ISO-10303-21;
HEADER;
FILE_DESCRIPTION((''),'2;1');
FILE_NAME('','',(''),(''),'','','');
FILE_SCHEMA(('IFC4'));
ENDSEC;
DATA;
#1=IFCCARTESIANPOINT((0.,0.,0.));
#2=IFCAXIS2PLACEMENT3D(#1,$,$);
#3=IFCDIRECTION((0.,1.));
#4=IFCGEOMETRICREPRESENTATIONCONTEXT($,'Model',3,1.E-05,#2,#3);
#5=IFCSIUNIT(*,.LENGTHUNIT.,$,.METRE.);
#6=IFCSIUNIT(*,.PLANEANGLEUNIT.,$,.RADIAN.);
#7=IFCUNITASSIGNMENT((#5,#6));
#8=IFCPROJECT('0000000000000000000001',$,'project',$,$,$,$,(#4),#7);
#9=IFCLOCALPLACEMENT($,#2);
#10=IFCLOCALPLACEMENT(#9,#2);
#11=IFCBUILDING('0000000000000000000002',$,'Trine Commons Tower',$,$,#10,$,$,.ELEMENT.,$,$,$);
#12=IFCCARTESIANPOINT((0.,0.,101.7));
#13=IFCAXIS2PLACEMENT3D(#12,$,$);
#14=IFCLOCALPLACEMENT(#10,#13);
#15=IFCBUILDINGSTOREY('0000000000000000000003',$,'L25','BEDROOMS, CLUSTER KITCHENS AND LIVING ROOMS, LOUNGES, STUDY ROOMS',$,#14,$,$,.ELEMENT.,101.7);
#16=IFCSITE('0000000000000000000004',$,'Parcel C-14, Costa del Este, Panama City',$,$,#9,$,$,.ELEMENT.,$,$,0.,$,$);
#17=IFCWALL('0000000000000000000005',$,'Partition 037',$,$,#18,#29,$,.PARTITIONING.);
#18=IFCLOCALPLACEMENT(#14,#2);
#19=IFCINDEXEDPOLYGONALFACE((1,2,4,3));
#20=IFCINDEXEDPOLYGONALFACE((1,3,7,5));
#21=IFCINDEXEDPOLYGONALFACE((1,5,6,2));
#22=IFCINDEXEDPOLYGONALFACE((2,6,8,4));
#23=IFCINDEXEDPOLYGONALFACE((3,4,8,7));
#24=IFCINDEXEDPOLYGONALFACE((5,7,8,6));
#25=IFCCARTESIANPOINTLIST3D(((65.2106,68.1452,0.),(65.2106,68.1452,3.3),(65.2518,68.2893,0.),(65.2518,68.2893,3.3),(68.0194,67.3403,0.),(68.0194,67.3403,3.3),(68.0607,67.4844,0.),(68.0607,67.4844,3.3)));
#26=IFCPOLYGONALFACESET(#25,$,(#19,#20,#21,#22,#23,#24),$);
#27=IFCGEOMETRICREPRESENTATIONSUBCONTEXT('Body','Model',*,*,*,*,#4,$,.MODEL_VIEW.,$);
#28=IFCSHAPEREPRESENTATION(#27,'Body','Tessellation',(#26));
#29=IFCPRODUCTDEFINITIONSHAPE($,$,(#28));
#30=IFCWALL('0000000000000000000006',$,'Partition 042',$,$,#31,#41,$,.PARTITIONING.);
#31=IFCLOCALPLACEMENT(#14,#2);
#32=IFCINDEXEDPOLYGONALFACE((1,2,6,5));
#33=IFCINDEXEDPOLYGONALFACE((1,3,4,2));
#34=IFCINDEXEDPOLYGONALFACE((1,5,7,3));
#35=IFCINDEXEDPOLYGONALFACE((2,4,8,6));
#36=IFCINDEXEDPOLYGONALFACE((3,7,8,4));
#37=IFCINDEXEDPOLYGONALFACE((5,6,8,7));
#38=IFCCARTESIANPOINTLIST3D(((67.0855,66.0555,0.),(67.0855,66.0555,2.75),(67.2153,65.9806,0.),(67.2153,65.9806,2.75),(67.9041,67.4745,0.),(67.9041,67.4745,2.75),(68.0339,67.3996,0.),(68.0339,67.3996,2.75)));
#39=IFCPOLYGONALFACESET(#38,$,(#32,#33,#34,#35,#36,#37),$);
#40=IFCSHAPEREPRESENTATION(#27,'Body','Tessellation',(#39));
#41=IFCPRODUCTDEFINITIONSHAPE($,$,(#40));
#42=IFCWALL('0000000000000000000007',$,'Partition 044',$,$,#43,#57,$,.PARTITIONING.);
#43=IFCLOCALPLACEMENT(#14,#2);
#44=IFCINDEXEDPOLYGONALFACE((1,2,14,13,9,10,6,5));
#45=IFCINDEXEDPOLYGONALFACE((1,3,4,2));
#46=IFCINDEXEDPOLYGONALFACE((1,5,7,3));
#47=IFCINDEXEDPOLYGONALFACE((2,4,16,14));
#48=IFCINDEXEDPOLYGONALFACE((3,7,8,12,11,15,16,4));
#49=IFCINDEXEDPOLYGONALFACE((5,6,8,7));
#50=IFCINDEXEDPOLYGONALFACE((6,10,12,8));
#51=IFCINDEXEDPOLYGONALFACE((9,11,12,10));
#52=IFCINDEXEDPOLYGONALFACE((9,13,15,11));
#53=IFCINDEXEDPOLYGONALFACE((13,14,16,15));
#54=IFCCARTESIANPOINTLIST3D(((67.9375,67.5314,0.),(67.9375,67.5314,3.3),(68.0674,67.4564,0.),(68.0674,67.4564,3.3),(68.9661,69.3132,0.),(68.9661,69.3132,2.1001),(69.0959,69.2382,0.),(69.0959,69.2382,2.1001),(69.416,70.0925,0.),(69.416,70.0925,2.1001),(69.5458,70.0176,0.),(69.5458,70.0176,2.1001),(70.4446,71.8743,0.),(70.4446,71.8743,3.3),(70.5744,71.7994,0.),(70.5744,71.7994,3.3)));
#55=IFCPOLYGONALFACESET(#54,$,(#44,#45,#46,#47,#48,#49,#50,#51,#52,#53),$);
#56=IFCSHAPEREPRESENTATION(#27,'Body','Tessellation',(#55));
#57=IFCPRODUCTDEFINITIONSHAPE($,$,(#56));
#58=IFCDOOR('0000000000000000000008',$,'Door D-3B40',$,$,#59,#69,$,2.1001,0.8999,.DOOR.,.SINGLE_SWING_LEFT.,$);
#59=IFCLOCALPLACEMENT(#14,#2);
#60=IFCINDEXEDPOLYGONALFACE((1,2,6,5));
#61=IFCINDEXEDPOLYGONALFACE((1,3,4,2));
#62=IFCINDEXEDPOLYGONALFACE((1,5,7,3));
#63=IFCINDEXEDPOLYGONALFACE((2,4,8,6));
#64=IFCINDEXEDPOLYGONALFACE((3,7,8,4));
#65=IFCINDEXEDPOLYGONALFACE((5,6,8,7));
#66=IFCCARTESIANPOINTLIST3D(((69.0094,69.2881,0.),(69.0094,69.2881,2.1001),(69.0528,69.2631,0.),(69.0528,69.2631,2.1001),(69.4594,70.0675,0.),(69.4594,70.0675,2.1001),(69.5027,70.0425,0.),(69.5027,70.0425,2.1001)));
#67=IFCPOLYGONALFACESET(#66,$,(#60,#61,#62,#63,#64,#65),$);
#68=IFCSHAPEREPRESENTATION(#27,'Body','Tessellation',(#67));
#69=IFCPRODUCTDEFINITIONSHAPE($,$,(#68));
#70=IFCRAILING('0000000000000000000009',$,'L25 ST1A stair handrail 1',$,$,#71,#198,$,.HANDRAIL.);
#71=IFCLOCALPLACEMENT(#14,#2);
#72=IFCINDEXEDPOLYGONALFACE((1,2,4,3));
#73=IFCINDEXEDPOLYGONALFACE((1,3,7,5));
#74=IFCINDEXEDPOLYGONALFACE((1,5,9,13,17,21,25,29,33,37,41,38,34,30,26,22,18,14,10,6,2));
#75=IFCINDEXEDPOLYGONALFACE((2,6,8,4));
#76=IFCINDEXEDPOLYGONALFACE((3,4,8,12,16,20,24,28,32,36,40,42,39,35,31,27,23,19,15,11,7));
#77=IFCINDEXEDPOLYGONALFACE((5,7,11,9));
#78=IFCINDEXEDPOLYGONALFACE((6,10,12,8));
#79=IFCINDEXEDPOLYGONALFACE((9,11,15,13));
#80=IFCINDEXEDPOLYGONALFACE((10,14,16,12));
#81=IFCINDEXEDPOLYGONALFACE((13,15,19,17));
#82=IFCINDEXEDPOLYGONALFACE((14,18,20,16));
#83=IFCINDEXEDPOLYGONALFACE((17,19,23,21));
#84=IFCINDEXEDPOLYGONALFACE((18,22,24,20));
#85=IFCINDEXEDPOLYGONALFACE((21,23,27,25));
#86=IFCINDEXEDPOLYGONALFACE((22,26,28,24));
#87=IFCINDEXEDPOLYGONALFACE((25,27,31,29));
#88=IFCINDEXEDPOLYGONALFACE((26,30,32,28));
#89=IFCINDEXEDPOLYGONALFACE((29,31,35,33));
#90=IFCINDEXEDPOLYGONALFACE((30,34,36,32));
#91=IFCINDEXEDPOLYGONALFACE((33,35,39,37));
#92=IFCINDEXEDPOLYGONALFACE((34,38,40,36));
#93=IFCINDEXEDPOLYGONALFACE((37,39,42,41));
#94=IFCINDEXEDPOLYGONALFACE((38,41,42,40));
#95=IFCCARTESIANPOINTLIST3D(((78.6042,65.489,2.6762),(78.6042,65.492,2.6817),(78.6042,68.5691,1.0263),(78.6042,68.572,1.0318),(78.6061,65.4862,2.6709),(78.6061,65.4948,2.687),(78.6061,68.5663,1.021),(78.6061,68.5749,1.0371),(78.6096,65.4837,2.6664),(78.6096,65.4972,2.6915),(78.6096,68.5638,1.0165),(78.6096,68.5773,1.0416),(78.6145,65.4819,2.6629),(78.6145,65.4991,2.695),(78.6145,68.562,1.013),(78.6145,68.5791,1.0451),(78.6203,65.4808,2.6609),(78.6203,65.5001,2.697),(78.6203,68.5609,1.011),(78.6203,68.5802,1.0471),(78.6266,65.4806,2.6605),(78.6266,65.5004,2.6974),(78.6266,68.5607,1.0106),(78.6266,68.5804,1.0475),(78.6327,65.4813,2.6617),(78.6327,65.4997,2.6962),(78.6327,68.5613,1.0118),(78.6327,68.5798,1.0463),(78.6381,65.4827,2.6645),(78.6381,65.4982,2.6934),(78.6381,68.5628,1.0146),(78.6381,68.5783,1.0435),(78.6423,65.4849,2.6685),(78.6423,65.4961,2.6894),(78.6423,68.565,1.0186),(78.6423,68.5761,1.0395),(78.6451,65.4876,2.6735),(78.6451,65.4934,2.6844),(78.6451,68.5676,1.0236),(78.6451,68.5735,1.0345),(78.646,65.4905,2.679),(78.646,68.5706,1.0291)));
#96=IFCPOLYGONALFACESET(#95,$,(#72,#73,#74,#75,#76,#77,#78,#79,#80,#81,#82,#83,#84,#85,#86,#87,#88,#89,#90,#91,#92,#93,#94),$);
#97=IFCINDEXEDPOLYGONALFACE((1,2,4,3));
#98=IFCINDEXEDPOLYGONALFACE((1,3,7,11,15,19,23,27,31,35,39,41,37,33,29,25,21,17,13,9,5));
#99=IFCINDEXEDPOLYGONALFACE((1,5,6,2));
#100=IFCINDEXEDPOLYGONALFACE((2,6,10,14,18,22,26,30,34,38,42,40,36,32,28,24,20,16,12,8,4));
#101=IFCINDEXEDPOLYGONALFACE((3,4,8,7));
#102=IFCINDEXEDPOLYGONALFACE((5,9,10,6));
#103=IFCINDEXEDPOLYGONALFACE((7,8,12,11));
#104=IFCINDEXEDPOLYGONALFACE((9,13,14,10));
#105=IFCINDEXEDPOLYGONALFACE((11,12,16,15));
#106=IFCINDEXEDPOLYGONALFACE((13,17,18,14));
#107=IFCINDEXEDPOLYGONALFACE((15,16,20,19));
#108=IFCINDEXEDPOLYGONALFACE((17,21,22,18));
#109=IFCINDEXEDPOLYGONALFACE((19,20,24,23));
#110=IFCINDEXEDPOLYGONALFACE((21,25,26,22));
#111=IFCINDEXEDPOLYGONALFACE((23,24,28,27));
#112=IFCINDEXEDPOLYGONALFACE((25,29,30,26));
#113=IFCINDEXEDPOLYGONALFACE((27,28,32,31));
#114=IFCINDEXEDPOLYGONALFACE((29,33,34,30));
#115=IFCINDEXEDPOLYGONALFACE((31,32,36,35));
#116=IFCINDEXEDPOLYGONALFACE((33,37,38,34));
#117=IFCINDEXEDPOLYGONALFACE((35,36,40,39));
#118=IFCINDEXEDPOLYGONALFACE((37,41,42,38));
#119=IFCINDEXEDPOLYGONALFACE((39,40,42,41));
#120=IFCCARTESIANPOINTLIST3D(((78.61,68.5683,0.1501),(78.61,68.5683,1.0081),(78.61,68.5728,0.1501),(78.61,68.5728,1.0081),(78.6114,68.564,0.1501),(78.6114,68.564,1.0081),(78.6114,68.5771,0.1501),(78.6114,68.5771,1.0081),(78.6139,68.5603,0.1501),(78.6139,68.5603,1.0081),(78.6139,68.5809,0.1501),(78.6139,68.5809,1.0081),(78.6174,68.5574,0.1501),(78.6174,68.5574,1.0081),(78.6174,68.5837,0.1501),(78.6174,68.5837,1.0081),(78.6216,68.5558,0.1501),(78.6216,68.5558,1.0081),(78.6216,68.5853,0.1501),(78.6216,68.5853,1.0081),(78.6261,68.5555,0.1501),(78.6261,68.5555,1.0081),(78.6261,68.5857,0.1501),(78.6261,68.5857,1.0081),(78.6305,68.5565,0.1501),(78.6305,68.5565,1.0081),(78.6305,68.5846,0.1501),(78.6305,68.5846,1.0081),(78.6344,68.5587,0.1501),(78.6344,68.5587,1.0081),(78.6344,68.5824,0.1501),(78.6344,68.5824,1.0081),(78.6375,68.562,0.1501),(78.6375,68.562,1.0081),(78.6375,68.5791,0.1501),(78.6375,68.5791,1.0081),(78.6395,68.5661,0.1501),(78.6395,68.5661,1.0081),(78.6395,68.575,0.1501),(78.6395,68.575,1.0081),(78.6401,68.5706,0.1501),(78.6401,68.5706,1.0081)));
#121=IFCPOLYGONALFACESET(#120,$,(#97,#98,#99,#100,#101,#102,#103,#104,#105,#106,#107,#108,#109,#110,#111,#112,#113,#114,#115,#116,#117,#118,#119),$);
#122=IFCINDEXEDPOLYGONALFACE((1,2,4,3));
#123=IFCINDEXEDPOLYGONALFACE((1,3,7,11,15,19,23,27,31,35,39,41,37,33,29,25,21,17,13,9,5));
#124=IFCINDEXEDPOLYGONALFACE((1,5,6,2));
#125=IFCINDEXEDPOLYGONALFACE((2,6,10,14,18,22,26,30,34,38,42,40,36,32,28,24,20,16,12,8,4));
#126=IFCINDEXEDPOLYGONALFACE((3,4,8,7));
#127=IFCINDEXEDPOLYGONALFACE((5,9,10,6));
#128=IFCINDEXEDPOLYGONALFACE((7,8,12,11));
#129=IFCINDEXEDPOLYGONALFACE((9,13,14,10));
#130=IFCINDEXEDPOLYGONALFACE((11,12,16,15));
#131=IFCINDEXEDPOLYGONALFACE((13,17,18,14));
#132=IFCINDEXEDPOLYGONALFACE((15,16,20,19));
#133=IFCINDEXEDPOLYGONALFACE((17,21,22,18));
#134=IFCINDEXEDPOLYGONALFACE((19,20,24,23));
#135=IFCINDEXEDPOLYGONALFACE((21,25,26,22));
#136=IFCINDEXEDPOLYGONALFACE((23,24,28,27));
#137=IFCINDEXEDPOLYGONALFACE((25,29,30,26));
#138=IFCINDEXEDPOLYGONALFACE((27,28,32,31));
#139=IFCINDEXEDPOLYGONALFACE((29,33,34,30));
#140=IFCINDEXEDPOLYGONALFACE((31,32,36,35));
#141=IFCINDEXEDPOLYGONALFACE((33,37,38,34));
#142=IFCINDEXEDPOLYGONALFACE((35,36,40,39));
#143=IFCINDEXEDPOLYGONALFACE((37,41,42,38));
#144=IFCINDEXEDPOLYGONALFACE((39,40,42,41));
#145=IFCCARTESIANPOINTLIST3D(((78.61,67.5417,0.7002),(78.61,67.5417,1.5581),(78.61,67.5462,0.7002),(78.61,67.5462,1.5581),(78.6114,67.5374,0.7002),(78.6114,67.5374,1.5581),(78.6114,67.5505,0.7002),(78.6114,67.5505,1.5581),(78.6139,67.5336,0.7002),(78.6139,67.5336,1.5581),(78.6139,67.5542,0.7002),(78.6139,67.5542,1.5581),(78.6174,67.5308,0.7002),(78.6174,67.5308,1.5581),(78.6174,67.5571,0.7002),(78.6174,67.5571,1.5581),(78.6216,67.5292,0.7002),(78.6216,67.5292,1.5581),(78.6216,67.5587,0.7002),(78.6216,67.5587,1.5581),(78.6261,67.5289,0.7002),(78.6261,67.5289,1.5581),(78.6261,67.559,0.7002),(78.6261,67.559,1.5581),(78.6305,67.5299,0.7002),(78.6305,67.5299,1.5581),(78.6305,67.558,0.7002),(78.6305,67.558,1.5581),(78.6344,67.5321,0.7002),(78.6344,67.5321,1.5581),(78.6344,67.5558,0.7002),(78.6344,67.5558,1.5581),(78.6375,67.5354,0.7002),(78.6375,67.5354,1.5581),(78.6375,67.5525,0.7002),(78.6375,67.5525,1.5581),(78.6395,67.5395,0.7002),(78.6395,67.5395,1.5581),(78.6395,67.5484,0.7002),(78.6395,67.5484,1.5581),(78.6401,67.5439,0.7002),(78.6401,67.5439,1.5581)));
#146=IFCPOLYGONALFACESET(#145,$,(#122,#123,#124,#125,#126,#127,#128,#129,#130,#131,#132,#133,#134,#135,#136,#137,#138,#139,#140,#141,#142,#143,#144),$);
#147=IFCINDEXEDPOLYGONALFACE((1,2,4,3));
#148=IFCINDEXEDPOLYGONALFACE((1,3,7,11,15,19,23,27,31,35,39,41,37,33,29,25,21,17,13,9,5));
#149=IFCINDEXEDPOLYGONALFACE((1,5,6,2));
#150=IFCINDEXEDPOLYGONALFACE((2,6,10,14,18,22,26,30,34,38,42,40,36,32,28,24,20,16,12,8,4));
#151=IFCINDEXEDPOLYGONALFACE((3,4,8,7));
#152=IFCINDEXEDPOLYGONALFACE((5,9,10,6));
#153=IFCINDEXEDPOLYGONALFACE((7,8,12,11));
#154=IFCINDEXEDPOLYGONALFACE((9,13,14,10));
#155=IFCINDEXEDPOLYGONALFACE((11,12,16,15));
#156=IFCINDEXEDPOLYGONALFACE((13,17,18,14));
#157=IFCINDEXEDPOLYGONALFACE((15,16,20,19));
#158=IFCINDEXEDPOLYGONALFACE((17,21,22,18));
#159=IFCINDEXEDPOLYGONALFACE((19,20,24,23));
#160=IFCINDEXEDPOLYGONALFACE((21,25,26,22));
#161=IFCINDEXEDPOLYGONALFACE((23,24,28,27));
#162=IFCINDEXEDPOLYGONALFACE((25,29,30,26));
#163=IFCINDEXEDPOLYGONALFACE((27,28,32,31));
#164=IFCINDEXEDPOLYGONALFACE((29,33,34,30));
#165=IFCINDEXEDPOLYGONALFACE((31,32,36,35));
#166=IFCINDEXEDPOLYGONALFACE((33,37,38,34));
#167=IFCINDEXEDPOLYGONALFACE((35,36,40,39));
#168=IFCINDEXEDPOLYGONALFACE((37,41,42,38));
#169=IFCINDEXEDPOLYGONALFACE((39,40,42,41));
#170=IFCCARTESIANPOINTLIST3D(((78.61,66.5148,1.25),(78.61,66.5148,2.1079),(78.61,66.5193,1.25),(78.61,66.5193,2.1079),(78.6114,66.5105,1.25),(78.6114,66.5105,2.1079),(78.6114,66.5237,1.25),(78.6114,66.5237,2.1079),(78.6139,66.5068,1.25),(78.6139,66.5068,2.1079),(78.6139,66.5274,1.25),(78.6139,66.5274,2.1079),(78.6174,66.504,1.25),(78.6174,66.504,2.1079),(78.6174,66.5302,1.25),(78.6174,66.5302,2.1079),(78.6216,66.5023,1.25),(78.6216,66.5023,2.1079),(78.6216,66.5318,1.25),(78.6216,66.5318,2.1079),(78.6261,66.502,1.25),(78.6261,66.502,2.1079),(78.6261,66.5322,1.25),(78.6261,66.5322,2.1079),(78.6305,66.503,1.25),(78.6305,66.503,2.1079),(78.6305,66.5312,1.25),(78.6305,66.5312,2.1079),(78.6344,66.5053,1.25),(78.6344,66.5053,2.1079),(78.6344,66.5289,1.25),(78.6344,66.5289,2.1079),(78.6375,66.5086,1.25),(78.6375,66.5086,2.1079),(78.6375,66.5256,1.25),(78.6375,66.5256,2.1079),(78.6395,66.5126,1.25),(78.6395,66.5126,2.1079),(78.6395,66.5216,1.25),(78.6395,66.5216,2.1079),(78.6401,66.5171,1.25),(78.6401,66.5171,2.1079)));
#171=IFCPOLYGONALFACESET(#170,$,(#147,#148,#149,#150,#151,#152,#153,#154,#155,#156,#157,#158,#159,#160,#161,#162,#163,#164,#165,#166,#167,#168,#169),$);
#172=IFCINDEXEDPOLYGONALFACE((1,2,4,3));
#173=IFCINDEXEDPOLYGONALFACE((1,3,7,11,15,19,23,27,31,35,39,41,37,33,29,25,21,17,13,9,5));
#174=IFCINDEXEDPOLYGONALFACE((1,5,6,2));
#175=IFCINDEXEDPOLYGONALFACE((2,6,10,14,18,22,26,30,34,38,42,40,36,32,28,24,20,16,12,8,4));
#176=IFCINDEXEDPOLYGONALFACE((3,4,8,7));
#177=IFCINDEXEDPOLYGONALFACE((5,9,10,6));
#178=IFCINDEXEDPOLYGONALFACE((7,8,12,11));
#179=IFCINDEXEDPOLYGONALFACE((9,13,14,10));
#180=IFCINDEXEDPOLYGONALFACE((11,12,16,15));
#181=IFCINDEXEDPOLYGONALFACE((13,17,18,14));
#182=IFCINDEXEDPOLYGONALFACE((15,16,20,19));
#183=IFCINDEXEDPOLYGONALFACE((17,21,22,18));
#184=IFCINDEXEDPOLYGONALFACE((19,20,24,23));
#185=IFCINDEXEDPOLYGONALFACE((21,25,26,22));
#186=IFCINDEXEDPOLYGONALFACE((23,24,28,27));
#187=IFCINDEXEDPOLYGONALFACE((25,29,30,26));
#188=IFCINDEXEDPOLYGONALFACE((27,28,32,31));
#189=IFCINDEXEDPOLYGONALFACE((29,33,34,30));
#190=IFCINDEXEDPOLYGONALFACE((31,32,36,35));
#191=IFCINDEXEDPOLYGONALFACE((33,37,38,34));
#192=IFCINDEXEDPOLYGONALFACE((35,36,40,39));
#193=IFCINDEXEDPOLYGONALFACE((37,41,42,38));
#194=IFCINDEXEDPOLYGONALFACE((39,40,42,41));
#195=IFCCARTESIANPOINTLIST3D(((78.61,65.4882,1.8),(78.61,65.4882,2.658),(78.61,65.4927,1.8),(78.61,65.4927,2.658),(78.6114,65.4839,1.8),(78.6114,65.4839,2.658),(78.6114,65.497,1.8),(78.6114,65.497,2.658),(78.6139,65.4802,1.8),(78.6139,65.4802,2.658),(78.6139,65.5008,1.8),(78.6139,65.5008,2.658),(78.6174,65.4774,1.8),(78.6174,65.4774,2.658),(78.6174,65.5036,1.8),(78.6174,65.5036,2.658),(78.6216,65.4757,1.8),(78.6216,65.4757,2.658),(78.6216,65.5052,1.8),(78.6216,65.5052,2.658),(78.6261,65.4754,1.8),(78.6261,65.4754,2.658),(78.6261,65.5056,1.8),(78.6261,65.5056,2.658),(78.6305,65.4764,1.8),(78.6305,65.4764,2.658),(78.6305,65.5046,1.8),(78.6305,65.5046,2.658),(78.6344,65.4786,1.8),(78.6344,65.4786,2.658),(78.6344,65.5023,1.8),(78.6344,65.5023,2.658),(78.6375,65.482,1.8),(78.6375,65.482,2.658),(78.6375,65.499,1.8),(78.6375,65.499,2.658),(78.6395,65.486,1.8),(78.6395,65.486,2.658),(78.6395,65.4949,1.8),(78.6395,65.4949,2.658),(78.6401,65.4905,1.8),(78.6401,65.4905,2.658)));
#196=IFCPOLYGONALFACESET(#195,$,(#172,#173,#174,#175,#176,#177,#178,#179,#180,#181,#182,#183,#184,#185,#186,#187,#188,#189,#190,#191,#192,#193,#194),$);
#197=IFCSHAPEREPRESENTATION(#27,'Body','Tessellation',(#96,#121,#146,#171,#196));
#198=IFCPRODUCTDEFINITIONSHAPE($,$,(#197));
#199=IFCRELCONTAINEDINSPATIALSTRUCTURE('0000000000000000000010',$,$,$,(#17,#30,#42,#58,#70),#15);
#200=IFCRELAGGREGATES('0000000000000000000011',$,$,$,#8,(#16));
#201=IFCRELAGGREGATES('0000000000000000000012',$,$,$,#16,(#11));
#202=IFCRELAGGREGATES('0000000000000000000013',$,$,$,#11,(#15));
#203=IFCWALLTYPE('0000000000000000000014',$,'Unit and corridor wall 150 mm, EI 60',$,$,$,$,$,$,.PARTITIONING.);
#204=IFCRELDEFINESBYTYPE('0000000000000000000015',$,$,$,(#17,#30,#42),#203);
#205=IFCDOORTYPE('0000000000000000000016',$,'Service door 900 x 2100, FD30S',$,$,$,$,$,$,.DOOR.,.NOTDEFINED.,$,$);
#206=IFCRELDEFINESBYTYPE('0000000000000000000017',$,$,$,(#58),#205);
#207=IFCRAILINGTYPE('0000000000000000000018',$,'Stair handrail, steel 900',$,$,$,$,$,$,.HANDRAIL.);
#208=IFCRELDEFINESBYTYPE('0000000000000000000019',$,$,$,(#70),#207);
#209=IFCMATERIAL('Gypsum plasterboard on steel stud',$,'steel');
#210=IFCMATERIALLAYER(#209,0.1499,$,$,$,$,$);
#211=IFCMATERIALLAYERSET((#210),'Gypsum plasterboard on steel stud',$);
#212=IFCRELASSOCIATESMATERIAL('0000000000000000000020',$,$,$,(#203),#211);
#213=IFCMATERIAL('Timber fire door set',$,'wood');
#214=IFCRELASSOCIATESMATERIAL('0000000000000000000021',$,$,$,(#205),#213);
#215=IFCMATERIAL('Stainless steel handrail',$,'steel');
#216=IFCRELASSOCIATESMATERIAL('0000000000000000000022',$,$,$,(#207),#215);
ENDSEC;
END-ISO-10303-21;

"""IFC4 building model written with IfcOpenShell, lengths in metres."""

from ifc_helpers import new_model, si_unit, direction, frame, frame_2d, origin, origin_2d, place, context, subcontext, project, spatial, rectangle, circle, extrude, material, layer, layer_set, type_object, element, fill, save


model = new_model("IFC4")

# Units and contexts
model_context = context("Model", 3, precision=1e-05, world=origin(), true_north=direction((0.0, 1.0)))
body_context = subcontext(model_context, "Body", "Model", "MODEL_VIEW")
ifc_project = project(units=[si_unit("LENGTHUNIT", "METRE"), si_unit("PLANEANGLEUNIT", "RADIAN")], contexts=[model_context])

# Site, building, storey
site_placement = place(None, origin())
site = spatial("IfcSite", under=ifc_project, at=site_placement, Name="Parcel C-14, Costa del Este, Panama City", CompositionType="ELEMENT", RefElevation=0.0)
building_placement = place(site_placement, origin())
building = spatial("IfcBuilding", under=site, at=building_placement, Name="Trine Commons Tower", CompositionType="ELEMENT")
storey_placement = place(building_placement, frame((0.0, 0.0, 101.7)))
storey = spatial("IfcBuildingStorey", under=building, at=storey_placement, Name="L25", Description="BEDROOMS, CLUSTER KITCHENS AND LIVING ROOMS, LOUNGES, STUDY ROOMS", CompositionType="ELEMENT", Elevation=101.7)

# Shared definitions
ifc_material_1 = material(Name="Gypsum plasterboard on steel stud", Category="steel")
ifc_layer_1 = layer(ifc_material_1, 0.1499)
ifc_layer_set_1 = layer_set([ifc_layer_1], Name="Gypsum plasterboard on steel stud")
wall_type_1 = type_object("IfcWallType", Name="Unit and corridor wall 150 mm, EI 60", PredefinedType="PARTITIONING", material=ifc_layer_set_1)

# Walls
wall_1_placement = place(storey_placement, frame((65.2312, 68.2173, 0.0), z_axis=(0.0, 0.0, 1.0), x_axis=(0.961306, -0.275483, 0.0)))
element("IfcWall", 1, at=wall_1_placement, inside=storey, type_object=wall_type_1, Name="Partition 037", PredefinedType="PARTITIONING", context=body_context, shape_type="SweptSolid", body=[
    extrude(rectangle(XDim=2.9219, YDim=0.1499, at=frame_2d((1.4609, 0.0))), origin(), (0.0, 0.0, 1.0), 3.3),
])
wall_2_placement = place(storey_placement, frame((67.1504, 66.0181, 0.0), z_axis=(0.0, 0.0, 1.0), x_axis=(0.499714, 0.866191, 0.0)))
element("IfcWall", 2, at=wall_2_placement, inside=storey, type_object=wall_type_1, Name="Partition 042", PredefinedType="PARTITIONING", context=body_context, shape_type="SweptSolid", body=[
    extrude(rectangle(XDim=1.6382, YDim=0.1499, at=frame_2d((0.8191, 0.0))), origin(), (0.0, 0.0, 1.0), 2.75),
])

# Wall, opening, door
wall_3_placement = place(storey_placement, frame((68.0024, 67.4939, 0.0), z_axis=(0.0, 0.0, 1.0), x_axis=(0.499946, 0.866057, 0.0)))
wall_3 = element("IfcWall", 3, at=wall_3_placement, inside=storey, type_object=wall_type_1, Name="Partition 044", PredefinedType="PARTITIONING", context=body_context, shape_type="SweptSolid", body=[
    extrude(rectangle(XDim=5.0146, YDim=0.1499, at=frame_2d((2.5073, 0.0))), origin(), (0.0, 0.0, 1.0), 3.3),
])
opening_1_placement = place(wall_3_placement, frame((2.0574, 0.0, 0.0)))
opening_1 = element("IfcOpeningElement", 4, at=opening_1_placement, cuts=wall_3, PredefinedType="OPENING", context=body_context, shape_type="SweptSolid", body=[
    extrude(rectangle(XDim=0.8999, YDim=2.1001, at=frame_2d((0.45, 1.05))), frame((0.0, 0.085, 0.0), z_axis=(0.0, -1.0, 0.0), x_axis=(1.0, 0.0, 0.0)), (0.0, 0.0, 1.0), 0.1699),
])
ifc_material_2 = material(Name="Timber fire door set", Category="wood")
door_type_1 = type_object("IfcDoorType", Name="Service door 900 x 2100, FD30S", OperationType="NOTDEFINED", PredefinedType="DOOR", material=ifc_material_2)
door_1_placement = place(opening_1_placement, origin())
door_1 = element("IfcDoor", 5, at=door_1_placement, inside=storey, type_object=door_type_1, Name="Door D-3B40", OperationType="SINGLE_SWING_LEFT", OverallHeight=2.1001, OverallWidth=0.8999, PredefinedType="DOOR", context=body_context, shape_type="SweptSolid", body=[
    extrude(rectangle(XDim=0.8999, YDim=2.1001, at=frame_2d((0.45, 1.05))), frame((0.0, 0.0249, 0.0), z_axis=(0.0, -1.0, 0.0), x_axis=(1.0, 0.0, 0.0)), (0.0, 0.0, 1.0), 0.05),
])
fill(opening_1, door_1)

# Railing
ifc_material_3 = material(Name="Stainless steel handrail", Category="steel")
railing_type = type_object("IfcRailingType", Name="Stair handrail, steel 900", PredefinedType="HANDRAIL", material=ifc_material_3)
railing_1_placement = place(storey_placement, frame((78.625, 68.5706, 0.1501)))
element("IfcRailing", 6, at=railing_1_placement, inside=storey, type_object=railing_type, Name="L25 ST1A stair handrail 1", PredefinedType="HANDRAIL", context=body_context, shape_type="SweptSolid", body=[
    extrude(circle(Radius=0.021, at=origin_2d()), frame((0.0, 0.0, 0.8789), z_axis=(0.0, -0.881497, 0.47219), x_axis=(1.0, 0.0, 0.0)), (0.0, 0.0, 1.0), 3.4941),
    extrude(circle(Radius=0.0151, at=origin_2d()), origin(), (0.0, 0.0, 1.0), 0.8579),
    extrude(circle(Radius=0.0151, at=origin_2d()), frame((0.0, -1.0266, 0.55)), (0.0, 0.0, 1.0), 0.8579),
    extrude(circle(Radius=0.0151, at=origin_2d()), frame((0.0, -2.0535, 1.0999)), (0.0, 0.0, 1.0), 0.8579),
    extrude(circle(Radius=0.0151, at=origin_2d()), frame((0.0, -3.0801, 1.6499)), (0.0, 0.0, 1.0), 0.8579),
])

save(model, "model.ifc")
